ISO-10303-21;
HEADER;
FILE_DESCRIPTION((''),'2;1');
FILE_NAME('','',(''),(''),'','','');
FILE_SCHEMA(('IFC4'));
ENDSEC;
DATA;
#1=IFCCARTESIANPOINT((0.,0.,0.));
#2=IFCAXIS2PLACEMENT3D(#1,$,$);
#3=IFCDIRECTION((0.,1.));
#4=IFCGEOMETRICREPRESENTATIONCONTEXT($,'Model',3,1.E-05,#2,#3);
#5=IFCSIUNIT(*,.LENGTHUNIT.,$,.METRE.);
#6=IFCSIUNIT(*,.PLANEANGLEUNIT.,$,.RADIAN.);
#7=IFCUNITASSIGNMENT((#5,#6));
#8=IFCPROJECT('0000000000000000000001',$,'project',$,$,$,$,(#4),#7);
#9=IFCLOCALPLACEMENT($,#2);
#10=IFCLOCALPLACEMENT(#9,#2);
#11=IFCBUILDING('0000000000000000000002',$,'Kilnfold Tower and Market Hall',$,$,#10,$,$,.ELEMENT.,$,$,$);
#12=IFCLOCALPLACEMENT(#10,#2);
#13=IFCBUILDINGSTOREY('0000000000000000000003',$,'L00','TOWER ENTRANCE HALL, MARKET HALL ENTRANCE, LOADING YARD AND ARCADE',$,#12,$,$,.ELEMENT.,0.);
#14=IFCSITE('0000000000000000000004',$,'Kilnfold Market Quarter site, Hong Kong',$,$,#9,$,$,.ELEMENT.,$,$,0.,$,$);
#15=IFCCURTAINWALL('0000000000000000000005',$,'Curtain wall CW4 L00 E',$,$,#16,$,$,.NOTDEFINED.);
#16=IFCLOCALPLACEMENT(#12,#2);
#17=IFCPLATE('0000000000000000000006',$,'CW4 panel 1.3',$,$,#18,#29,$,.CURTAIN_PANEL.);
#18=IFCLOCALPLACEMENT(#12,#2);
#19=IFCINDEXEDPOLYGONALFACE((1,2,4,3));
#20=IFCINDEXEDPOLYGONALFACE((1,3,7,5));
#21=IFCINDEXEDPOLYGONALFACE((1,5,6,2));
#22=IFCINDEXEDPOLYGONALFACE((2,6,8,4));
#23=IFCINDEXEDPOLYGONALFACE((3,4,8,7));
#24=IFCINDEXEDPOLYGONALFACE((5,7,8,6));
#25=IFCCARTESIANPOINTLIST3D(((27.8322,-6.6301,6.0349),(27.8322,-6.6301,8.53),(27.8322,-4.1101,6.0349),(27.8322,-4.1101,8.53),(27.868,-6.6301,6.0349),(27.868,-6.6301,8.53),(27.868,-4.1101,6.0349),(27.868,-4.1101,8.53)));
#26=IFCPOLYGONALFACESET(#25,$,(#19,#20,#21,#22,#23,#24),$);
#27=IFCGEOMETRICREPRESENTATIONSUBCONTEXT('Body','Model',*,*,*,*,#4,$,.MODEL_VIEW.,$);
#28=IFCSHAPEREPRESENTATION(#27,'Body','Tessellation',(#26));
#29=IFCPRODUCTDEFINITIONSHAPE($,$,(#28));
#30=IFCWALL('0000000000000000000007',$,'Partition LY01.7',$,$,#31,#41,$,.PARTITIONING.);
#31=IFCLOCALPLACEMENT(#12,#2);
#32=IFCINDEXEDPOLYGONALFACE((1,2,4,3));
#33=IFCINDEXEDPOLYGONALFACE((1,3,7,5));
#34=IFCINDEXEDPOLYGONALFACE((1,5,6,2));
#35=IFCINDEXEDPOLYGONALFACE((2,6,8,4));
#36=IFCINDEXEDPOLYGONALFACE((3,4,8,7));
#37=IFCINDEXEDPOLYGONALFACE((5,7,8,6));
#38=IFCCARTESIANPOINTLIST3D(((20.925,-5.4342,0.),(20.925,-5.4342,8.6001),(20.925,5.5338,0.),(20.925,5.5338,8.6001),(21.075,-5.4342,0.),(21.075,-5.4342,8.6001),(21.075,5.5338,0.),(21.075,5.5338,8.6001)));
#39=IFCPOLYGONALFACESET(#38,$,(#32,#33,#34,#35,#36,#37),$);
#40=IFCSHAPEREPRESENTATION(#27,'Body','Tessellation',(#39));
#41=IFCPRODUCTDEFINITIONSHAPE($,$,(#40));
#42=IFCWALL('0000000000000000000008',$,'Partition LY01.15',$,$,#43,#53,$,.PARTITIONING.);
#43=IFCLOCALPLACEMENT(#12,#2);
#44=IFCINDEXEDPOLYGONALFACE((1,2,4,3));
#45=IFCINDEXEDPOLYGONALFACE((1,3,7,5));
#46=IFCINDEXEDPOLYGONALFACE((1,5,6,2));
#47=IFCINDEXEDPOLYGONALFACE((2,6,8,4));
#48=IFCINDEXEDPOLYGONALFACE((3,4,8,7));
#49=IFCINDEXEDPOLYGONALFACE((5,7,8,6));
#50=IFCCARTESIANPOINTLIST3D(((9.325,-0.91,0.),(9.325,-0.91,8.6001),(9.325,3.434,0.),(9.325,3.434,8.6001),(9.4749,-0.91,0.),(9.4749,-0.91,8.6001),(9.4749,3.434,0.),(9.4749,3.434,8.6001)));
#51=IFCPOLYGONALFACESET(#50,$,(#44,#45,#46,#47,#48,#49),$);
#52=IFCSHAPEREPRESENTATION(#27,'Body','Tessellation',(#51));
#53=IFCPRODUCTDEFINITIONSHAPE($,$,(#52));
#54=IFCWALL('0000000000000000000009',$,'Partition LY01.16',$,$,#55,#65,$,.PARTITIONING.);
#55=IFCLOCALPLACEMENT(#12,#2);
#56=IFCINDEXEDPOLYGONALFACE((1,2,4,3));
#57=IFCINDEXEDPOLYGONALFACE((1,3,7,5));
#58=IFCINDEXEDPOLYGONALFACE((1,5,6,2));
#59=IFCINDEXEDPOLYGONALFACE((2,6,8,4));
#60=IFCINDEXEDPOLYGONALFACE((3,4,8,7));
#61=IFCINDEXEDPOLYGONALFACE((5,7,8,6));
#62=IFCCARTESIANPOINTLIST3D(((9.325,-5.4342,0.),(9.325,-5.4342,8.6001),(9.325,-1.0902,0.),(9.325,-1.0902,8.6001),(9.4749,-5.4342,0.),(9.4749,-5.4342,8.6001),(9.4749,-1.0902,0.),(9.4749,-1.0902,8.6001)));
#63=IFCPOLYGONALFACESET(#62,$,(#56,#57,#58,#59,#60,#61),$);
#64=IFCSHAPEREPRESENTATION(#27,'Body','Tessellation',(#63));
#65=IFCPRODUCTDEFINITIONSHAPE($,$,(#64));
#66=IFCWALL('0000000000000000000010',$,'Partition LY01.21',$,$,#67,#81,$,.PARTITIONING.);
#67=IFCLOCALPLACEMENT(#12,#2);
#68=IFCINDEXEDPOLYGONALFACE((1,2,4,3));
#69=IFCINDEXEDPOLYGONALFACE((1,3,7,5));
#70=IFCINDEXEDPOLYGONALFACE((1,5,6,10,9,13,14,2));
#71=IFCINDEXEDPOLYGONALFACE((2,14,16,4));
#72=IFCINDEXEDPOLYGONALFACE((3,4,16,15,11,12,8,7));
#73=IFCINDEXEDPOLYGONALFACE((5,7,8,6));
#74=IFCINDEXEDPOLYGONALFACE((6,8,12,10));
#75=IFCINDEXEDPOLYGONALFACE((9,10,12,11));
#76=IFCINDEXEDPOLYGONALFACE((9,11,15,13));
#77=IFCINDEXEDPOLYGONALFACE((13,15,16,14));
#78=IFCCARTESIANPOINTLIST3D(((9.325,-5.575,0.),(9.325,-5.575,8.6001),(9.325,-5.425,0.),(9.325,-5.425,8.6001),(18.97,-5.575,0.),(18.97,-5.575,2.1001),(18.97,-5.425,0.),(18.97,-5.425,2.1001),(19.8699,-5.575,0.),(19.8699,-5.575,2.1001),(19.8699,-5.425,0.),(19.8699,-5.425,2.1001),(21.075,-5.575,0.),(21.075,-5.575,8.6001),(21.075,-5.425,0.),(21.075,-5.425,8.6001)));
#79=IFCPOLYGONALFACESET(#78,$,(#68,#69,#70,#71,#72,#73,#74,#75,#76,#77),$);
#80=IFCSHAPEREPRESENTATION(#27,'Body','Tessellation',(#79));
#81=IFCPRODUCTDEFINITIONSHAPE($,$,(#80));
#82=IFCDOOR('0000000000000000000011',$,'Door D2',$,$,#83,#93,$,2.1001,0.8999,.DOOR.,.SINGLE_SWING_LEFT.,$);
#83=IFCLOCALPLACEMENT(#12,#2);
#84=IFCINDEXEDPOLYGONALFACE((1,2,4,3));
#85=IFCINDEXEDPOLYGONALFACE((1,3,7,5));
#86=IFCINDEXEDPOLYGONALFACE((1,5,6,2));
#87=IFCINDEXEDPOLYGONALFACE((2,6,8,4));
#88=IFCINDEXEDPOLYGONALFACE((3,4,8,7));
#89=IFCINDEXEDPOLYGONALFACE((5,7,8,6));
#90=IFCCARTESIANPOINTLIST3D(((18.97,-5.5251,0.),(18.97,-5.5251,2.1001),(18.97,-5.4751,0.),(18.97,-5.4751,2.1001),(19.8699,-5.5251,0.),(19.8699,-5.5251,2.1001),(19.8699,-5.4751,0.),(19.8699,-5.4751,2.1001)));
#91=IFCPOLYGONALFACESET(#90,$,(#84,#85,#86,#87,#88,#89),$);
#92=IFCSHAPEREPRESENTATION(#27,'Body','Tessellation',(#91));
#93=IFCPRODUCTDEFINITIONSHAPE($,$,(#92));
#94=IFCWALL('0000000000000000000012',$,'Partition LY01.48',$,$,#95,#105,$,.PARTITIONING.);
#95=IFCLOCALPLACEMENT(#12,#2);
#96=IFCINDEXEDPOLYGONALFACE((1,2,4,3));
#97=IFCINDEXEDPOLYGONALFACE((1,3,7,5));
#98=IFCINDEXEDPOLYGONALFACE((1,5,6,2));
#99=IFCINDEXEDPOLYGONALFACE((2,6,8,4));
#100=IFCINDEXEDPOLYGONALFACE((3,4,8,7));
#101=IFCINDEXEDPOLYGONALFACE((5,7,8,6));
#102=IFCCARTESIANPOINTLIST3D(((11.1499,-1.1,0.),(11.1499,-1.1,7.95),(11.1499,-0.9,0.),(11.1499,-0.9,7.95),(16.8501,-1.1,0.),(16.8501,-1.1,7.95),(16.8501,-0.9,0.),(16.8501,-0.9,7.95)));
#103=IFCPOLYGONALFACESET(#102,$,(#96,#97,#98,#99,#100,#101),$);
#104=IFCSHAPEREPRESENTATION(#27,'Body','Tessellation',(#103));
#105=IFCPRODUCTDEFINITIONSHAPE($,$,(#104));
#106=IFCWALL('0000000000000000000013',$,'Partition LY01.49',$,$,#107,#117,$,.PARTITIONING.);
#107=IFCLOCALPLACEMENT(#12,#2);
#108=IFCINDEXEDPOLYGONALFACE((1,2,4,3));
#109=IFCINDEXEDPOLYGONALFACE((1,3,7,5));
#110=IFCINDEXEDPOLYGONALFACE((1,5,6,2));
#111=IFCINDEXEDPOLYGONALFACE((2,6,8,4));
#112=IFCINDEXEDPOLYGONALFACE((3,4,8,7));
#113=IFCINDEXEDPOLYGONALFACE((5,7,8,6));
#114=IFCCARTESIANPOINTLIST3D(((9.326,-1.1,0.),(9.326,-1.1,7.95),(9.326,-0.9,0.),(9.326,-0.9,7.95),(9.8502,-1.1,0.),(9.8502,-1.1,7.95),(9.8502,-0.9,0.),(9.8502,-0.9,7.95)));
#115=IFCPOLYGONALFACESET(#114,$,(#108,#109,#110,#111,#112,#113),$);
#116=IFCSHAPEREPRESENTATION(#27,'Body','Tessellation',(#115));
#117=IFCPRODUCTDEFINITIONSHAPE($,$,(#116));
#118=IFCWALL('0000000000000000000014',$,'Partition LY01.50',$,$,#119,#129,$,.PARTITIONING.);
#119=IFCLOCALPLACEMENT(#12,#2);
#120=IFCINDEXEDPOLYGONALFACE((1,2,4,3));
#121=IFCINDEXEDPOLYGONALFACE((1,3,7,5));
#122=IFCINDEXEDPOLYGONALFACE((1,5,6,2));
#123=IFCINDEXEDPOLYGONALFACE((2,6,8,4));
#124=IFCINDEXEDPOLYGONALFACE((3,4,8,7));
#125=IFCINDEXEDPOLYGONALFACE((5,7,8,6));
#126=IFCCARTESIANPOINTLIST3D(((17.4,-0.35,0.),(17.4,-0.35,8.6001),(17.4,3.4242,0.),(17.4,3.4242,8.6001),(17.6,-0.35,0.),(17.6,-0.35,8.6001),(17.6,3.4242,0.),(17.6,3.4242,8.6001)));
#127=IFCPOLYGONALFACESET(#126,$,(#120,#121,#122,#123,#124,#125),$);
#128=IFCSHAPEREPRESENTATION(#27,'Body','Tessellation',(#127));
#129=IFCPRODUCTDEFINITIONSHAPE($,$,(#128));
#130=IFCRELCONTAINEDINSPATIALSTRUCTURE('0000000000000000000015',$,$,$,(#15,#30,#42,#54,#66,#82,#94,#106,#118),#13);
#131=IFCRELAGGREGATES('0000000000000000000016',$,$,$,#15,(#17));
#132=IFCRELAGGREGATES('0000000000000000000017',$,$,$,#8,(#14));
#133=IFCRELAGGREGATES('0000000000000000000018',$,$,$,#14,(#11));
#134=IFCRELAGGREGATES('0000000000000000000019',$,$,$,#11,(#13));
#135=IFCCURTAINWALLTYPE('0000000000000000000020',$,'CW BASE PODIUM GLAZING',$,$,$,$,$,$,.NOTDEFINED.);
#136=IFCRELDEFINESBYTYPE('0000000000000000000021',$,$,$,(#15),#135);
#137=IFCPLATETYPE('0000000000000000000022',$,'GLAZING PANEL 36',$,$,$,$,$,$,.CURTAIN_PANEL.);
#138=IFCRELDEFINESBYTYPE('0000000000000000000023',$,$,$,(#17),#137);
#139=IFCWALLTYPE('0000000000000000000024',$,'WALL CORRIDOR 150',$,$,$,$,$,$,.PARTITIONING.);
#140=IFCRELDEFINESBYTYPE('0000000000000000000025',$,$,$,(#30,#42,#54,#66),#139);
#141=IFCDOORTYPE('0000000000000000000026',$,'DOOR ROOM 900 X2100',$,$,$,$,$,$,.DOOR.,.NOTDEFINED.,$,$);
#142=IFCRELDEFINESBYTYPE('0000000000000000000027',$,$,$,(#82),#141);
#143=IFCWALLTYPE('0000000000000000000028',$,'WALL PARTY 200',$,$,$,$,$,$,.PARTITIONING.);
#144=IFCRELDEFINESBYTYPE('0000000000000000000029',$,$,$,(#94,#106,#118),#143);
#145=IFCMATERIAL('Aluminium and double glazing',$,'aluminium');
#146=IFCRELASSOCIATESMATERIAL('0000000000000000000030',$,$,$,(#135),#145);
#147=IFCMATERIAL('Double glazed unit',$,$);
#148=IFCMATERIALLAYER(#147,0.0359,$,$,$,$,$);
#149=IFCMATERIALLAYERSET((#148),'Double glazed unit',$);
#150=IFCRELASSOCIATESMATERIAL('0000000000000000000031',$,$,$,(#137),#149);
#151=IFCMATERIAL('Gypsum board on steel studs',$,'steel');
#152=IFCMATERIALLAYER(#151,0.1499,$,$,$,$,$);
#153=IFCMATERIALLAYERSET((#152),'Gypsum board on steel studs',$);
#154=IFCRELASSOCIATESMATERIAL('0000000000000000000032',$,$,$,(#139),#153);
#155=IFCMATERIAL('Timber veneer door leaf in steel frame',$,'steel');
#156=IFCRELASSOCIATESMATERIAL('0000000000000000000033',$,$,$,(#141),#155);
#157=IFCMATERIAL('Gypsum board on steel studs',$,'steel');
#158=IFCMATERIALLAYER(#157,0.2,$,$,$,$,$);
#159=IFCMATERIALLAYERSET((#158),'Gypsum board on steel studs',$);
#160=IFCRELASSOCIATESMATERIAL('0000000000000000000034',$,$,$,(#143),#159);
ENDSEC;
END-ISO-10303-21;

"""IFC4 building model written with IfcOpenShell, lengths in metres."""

from ifc_helpers import new_model, si_unit, direction, frame, frame_2d, origin, origin_2d, place, context, subcontext, project, spatial, rectangle, extrude, source, transform, mapped, material, layer, layer_set, type_object, element, fill, aggregate, save


model = new_model("IFC4")

# Units and contexts
model_context = context("Model", 3, precision=1e-05, world=origin(), true_north=direction((0.0, 1.0)))
body_context = subcontext(model_context, "Body", "Model", "MODEL_VIEW")
ifc_project = project(units=[si_unit("LENGTHUNIT", "METRE"), si_unit("PLANEANGLEUNIT", "RADIAN")], contexts=[model_context])

# Site, building, storey
site_placement = place(None, origin())
site = spatial("IfcSite", under=ifc_project, at=site_placement, Name="Kilnfold Market Quarter site, Hong Kong", CompositionType="ELEMENT", RefElevation=0.0)
building_placement = place(site_placement, origin())
building = spatial("IfcBuilding", under=site, at=building_placement, Name="Kilnfold Tower and Market Hall", CompositionType="ELEMENT")
storey_placement = place(building_placement, origin())
storey = spatial("IfcBuildingStorey", under=building, at=storey_placement, Name="L00", Description="TOWER ENTRANCE HALL, MARKET HALL ENTRANCE, LOADING YARD AND ARCADE", CompositionType="ELEMENT", Elevation=0.0)

# Curtain wall, plate
ifc_material_1 = material(Name="Aluminium and double glazing", Category="aluminium")
curtain_wall_type = type_object("IfcCurtainWallType", Name="CW BASE PODIUM GLAZING", PredefinedType="NOTDEFINED", material=ifc_material_1)
curtain_wall_placement = place(storey_placement, origin())
curtain_wall = element("IfcCurtainWall", 1, at=curtain_wall_placement, inside=storey, type_object=curtain_wall_type, Name="Curtain wall CW4 L00 E", PredefinedType="NOTDEFINED")
ifc_material_2 = material(Name="Double glazed unit")
ifc_layer_1 = layer(ifc_material_2, 0.0359)
ifc_layer_set_1 = layer_set([ifc_layer_1], Name="Double glazed unit")
plate_type = type_object("IfcPlateType", Name="GLAZING PANEL 36", PredefinedType="CURTAIN_PANEL", material=ifc_layer_set_1)
shared_shape_1 = source(origin(), body_context, "Body", "SweptSolid", [
    extrude(rectangle(XDim=2.52, YDim=0.0359, at=origin_2d()), origin(), (0.0, 0.0, 1.0), 2.4951),
])
plate_1_placement = place(storey_placement, frame((27.8501, -5.3701, 6.0349), z_axis=(0.0, 0.0, 1.0), x_axis=(0.0, 1.0, 0.0)))
plate_1 = element("IfcPlate", 2, at=plate_1_placement, type_object=plate_type, Name="CW4 panel 1.3", PredefinedType="CURTAIN_PANEL", context=body_context, shape_type="MappedRepresentation", body=[
    mapped(shared_shape_1, transform((0.0, 0.0, 0.0))),
])
aggregate(curtain_wall, [plate_1])

# Walls
ifc_material_3 = material(Name="Gypsum board on steel studs", Category="steel")
ifc_layer_2 = layer(ifc_material_3, 0.1499)
ifc_layer_set_2 = layer_set([ifc_layer_2], Name="Gypsum board on steel studs")
wall_type_1 = type_object("IfcWallType", Name="WALL CORRIDOR 150", PredefinedType="PARTITIONING", material=ifc_layer_set_2)
wall_1_placement = place(storey_placement, frame((21.0, -5.4341, 0.0), z_axis=(0.0, 0.0, 1.0), x_axis=(0.0, 1.0, 0.0)))
element("IfcWall", 3, at=wall_1_placement, inside=storey, type_object=wall_type_1, Name="Partition LY01.7", PredefinedType="PARTITIONING", context=body_context, shape_type="SweptSolid", body=[
    extrude(rectangle(XDim=10.968, YDim=0.1499, at=frame_2d((5.4839, 0.0))), origin(), (0.0, 0.0, 1.0), 8.6001),
])
for number, where, z_axis, x_axis, name in (
    (4, (9.3999, -0.9099, 0.0), (0.0, 0.0, 1.0), (0.0, 1.0, 0.0), "Partition LY01.15"),
    (5, (9.3999, -5.4341, 0.0), (0.0, 0.0, 1.0), (0.0, 1.0, 0.0), "Partition LY01.16"),
):
    element("IfcWall", number, at=place(storey_placement, frame(where, z_axis=z_axis, x_axis=x_axis)), inside=storey, type_object=wall_type_1, Name=name, PredefinedType="PARTITIONING", context=body_context, shape_type="SweptSolid", body=[
        extrude(rectangle(XDim=4.344, YDim=0.1499, at=frame_2d((2.1719, 0.0))), origin(), (0.0, 0.0, 1.0), 8.6001),
    ])

# Wall, opening, door
wall_2_placement = place(storey_placement, frame((9.325, -5.5, 0.0), z_axis=(0.0, 0.0, 1.0), x_axis=(1.0, 0.0, 0.0)))
wall_2 = element("IfcWall", 6, at=wall_2_placement, inside=storey, type_object=wall_type_1, Name="Partition LY01.21", PredefinedType="PARTITIONING", context=body_context, shape_type="SweptSolid", body=[
    extrude(rectangle(XDim=11.75, YDim=0.1499, at=frame_2d((5.875, 0.0))), origin(), (0.0, 0.0, 1.0), 8.6001),
])
opening_placement = place(wall_2_placement, frame((9.645, 0.0, 0.0)))
opening = element("IfcOpeningElement", 7, at=opening_placement, cuts=wall_2, PredefinedType="OPENING", context=body_context, shape_type="SweptSolid", body=[
    extrude(rectangle(XDim=0.8999, YDim=2.1001, at=frame_2d((0.45, 1.05))), frame((0.0, 0.085, 0.0), z_axis=(0.0, -1.0, 0.0), x_axis=(1.0, 0.0, 0.0)), (0.0, 0.0, 1.0), 0.1699),
])
ifc_material_4 = material(Name="Timber veneer door leaf in steel frame", Category="steel")
door_type = type_object("IfcDoorType", Name="DOOR ROOM 900 X2100", OperationType="NOTDEFINED", PredefinedType="DOOR", material=ifc_material_4)
door_placement = place(opening_placement, origin())
door = element("IfcDoor", 8, at=door_placement, inside=storey, type_object=door_type, Name="Door D2", OperationType="SINGLE_SWING_LEFT", OverallHeight=2.1001, OverallWidth=0.8999, PredefinedType="DOOR", context=body_context, shape_type="SweptSolid", body=[
    extrude(rectangle(XDim=0.8999, YDim=2.1001, at=frame_2d((0.45, 1.05))), frame((0.0, 0.0249, 0.0), z_axis=(0.0, -1.0, 0.0), x_axis=(1.0, 0.0, 0.0)), (0.0, 0.0, 1.0), 0.05),
])
fill(opening, door)

# Walls
ifc_material_5 = material(Name="Gypsum board on steel studs", Category="steel")
ifc_layer_3 = layer(ifc_material_5, 0.2)
ifc_layer_set_3 = layer_set([ifc_layer_3], Name="Gypsum board on steel studs")
wall_type_2 = type_object("IfcWallType", Name="WALL PARTY 200", PredefinedType="PARTITIONING", material=ifc_layer_set_3)
wall_3_placement = place(storey_placement, frame((11.1499, -1.0, 0.0), z_axis=(0.0, 0.0, 1.0), x_axis=(1.0, 0.0, 0.0)))
element("IfcWall", 9, at=wall_3_placement, inside=storey, type_object=wall_type_2, Name="Partition LY01.48", PredefinedType="PARTITIONING", context=body_context, shape_type="SweptSolid", body=[
    extrude(rectangle(XDim=5.7002, YDim=0.2, at=frame_2d((2.8501, 0.0))), origin(), (0.0, 0.0, 1.0), 7.95),
])
wall_4_placement = place(storey_placement, frame((9.3259, -1.0, 0.0), z_axis=(0.0, 0.0, 1.0), x_axis=(1.0, 0.0, 0.0)))
element("IfcWall", 10, at=wall_4_placement, inside=storey, type_object=wall_type_2, Name="Partition LY01.49", PredefinedType="PARTITIONING", context=body_context, shape_type="SweptSolid", body=[
    extrude(rectangle(XDim=0.5242, YDim=0.2, at=frame_2d((0.2622, 0.0))), origin(), (0.0, 0.0, 1.0), 7.95),
])
wall_5_placement = place(storey_placement, frame((17.5, -0.3501, 0.0), z_axis=(0.0, 0.0, 1.0), x_axis=(0.0, 1.0, 0.0)))
element("IfcWall", 11, at=wall_5_placement, inside=storey, type_object=wall_type_2, Name="Partition LY01.50", PredefinedType="PARTITIONING", context=body_context, shape_type="SweptSolid", body=[
    extrude(rectangle(XDim=3.7742, YDim=0.2, at=frame_2d((1.8872, 0.0))), origin(), (0.0, 0.0, 1.0), 8.6001),
])

save(model, "model.ifc")
